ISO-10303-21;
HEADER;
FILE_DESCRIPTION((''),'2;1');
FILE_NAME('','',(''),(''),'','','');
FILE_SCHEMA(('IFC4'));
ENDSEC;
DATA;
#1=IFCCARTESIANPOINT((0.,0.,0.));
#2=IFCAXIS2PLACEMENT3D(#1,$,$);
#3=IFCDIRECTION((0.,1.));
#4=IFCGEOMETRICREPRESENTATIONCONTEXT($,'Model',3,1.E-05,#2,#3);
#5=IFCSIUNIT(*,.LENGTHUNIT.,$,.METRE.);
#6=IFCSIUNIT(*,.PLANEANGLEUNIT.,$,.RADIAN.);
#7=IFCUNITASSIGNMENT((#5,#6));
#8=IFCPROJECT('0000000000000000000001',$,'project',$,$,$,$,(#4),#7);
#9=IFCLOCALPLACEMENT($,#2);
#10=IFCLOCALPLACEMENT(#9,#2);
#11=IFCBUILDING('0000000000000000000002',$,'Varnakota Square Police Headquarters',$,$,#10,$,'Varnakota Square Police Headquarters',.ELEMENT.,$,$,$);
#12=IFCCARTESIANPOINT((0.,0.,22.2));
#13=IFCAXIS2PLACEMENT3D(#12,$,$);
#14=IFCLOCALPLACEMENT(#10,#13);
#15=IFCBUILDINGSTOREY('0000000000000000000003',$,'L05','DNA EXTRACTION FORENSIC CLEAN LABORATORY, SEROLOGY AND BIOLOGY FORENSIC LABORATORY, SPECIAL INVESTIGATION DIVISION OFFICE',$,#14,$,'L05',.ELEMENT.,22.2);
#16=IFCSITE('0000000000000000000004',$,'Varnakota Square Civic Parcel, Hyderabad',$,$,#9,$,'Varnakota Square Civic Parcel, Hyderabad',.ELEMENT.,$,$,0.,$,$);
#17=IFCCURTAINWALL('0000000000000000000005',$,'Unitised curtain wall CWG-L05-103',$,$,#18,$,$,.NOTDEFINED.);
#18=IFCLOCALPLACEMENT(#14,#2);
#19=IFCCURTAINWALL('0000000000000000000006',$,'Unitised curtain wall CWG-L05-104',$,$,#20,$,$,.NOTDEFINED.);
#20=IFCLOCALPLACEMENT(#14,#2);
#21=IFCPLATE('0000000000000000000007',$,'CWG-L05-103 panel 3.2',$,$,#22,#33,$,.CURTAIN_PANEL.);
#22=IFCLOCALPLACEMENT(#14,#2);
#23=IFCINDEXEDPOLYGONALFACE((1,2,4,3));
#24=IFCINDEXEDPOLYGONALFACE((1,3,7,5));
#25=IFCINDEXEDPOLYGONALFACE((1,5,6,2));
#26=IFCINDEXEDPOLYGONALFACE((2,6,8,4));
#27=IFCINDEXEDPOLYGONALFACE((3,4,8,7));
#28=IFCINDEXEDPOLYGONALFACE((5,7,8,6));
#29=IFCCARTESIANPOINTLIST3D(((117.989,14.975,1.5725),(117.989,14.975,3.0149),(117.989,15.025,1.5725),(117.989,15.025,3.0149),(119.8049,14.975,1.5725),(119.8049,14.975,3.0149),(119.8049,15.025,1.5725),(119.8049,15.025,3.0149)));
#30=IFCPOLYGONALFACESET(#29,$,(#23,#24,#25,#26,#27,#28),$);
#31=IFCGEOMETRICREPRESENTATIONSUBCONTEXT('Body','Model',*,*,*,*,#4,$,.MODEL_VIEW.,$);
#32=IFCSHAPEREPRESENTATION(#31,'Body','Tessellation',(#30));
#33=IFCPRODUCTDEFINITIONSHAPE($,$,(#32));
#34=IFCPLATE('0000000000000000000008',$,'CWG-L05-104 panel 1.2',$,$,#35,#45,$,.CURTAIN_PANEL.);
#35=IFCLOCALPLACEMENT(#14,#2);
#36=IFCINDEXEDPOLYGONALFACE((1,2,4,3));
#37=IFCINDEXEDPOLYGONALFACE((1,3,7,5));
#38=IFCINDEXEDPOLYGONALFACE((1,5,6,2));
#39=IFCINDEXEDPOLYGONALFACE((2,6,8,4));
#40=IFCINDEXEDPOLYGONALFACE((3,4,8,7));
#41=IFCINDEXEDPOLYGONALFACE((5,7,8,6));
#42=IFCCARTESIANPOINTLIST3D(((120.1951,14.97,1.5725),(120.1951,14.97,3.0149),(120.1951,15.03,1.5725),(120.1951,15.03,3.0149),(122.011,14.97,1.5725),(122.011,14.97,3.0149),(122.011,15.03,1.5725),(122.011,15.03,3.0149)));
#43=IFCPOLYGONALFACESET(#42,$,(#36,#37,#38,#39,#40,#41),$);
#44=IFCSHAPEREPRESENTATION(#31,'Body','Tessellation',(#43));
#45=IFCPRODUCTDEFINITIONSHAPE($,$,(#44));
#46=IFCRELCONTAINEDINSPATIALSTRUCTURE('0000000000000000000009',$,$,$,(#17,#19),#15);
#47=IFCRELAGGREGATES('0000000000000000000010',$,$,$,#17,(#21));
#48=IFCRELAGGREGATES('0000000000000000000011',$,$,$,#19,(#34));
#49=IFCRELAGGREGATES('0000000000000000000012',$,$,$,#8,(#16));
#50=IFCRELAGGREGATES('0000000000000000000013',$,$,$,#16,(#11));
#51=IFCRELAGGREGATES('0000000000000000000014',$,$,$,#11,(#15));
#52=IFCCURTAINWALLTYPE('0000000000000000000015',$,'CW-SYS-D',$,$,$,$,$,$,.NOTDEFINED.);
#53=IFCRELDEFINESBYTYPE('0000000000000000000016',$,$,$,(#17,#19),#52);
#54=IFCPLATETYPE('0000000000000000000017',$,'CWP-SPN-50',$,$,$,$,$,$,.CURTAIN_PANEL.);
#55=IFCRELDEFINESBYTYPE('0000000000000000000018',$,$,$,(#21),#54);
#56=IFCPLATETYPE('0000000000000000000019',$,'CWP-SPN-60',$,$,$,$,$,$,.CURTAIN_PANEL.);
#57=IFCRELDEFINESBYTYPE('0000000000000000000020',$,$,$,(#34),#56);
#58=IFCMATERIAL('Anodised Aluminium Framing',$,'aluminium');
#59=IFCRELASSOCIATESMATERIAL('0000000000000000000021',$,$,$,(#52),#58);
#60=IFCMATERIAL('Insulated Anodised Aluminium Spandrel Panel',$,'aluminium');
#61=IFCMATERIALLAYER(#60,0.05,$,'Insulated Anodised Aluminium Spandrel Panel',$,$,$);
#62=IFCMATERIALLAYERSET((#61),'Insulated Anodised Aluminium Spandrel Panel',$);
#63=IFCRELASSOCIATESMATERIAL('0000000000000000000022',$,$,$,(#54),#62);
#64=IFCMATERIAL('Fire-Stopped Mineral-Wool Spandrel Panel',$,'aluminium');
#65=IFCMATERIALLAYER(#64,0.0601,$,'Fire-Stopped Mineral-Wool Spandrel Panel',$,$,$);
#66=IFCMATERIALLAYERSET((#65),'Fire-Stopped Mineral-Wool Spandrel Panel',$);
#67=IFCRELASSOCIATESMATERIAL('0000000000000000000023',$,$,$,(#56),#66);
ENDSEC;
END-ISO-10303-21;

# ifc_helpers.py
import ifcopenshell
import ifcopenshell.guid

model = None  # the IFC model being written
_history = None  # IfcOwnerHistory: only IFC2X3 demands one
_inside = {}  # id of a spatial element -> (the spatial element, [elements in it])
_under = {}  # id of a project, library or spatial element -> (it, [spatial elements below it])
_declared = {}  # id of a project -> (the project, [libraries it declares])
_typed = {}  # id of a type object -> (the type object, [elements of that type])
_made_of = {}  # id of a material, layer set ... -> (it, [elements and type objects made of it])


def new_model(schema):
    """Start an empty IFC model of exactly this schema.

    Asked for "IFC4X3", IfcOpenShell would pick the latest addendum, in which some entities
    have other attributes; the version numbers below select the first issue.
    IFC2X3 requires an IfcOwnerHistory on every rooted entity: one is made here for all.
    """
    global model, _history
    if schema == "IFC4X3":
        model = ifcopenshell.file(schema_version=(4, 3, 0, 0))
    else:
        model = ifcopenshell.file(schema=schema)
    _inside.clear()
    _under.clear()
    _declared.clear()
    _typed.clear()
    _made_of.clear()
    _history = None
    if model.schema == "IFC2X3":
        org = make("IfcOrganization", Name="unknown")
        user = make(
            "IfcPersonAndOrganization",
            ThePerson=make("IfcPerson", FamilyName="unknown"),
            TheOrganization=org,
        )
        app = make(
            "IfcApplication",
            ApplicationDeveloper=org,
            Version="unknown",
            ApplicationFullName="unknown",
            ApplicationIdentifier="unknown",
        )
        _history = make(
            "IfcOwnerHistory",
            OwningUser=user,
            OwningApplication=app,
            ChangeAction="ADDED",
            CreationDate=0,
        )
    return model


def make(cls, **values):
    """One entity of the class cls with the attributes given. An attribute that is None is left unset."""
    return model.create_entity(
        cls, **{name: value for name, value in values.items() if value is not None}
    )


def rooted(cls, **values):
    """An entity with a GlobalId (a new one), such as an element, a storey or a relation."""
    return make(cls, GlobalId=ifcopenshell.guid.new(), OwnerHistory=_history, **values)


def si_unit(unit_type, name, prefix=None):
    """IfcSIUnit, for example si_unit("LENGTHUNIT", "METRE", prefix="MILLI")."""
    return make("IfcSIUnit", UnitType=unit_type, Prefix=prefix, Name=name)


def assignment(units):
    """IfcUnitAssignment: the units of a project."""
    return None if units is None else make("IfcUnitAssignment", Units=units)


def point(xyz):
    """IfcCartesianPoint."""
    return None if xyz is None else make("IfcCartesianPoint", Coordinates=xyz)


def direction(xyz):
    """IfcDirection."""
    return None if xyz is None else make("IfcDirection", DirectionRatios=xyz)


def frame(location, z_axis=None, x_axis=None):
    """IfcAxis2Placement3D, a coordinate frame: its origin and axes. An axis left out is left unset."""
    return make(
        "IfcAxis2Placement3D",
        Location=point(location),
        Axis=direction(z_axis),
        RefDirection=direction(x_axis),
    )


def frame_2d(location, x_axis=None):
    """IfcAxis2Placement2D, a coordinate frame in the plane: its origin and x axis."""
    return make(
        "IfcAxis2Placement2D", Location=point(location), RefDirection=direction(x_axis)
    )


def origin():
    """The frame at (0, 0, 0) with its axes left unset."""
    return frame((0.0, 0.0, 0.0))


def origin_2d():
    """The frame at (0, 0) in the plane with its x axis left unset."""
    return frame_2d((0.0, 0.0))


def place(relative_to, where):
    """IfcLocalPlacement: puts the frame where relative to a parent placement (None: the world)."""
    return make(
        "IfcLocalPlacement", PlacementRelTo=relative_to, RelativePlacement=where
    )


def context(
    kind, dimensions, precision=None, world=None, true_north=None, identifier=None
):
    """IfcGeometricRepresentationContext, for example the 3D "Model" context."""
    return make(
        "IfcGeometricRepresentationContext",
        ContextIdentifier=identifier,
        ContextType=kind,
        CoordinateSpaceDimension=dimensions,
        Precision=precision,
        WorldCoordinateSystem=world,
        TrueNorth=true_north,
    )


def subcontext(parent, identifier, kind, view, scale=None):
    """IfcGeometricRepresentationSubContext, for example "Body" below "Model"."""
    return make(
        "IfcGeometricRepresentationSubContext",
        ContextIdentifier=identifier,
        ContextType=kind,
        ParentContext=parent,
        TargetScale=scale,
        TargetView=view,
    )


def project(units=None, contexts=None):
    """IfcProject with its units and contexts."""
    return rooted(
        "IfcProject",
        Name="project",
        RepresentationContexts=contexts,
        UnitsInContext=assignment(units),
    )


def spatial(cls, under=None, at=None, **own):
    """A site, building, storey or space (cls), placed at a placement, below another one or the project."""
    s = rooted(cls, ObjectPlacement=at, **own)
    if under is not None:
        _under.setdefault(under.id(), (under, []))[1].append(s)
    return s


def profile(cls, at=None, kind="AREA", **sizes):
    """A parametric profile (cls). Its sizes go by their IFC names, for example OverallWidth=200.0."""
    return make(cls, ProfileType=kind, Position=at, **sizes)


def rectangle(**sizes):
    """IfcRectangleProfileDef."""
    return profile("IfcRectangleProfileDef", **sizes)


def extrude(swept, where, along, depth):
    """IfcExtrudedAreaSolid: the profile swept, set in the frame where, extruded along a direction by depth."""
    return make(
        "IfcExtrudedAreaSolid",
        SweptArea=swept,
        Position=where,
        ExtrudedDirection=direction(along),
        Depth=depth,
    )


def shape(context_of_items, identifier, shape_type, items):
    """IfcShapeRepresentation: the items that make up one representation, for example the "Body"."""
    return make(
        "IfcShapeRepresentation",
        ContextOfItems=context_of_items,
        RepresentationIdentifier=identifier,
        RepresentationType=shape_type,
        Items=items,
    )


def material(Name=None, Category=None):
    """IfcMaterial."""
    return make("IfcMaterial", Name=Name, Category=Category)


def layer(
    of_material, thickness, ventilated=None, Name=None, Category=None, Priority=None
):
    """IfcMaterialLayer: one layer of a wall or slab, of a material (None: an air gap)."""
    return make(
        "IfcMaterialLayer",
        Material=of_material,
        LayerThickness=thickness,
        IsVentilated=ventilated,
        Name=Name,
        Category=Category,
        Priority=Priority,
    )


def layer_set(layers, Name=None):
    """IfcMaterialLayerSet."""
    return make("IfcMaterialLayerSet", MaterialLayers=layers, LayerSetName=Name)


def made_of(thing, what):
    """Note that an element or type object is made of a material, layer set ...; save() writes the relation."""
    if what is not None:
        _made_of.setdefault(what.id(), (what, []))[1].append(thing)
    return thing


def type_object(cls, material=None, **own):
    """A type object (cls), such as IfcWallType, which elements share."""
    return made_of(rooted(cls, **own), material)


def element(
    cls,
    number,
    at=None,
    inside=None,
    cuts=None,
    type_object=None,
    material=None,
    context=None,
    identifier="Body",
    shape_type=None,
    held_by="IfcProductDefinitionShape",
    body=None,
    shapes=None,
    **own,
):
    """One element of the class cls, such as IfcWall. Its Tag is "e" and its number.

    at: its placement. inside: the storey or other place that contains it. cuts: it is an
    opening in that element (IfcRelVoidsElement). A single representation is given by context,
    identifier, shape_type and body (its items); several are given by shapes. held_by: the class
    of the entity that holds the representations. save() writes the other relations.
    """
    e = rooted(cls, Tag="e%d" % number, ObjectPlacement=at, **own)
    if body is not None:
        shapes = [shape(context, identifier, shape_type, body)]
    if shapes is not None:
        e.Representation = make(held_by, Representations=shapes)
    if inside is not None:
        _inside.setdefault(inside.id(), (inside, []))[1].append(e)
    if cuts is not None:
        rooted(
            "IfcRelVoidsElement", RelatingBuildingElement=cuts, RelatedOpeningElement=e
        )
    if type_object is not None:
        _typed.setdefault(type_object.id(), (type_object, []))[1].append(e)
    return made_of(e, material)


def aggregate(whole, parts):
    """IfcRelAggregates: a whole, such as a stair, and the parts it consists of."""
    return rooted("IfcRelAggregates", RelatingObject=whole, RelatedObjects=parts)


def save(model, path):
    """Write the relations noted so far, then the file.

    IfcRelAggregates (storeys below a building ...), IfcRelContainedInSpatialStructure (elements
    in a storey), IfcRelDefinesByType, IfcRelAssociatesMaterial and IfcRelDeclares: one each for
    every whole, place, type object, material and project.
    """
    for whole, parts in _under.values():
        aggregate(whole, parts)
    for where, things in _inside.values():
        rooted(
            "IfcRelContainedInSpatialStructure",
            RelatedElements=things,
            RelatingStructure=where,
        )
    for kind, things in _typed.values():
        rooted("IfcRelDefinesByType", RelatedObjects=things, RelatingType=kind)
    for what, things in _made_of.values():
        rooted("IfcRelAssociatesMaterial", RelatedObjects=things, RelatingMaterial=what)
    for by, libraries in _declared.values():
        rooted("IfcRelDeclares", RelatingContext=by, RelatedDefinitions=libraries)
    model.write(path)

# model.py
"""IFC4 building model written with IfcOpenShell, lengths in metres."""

from ifc_helpers import new_model, si_unit, direction, frame, origin, origin_2d, place, context, subcontext, project, spatial, rectangle, extrude, material, layer, layer_set, type_object, element, aggregate, save


model = new_model("IFC4")

# Units and contexts
model_context = context("Model", 3, precision=1e-05, world=origin(), true_north=direction((0.0, 1.0)))
body_context = subcontext(model_context, "Body", "Model", "MODEL_VIEW")
ifc_project = project(units=[si_unit("LENGTHUNIT", "METRE"), si_unit("PLANEANGLEUNIT", "RADIAN")], contexts=[model_context])

# Site, building, storey
site_placement = place(None, origin())
site = spatial("IfcSite", under=ifc_project, at=site_placement, Name="Varnakota Square Civic Parcel, Hyderabad", LongName="Varnakota Square Civic Parcel, Hyderabad", CompositionType="ELEMENT", RefElevation=0.0)
building_placement = place(site_placement, origin())
building = spatial("IfcBuilding", under=site, at=building_placement, Name="Varnakota Square Police Headquarters", LongName="Varnakota Square Police Headquarters", CompositionType="ELEMENT")
storey_placement = place(building_placement, frame((0.0, 0.0, 22.2)))
storey = spatial("IfcBuildingStorey", under=building, at=storey_placement, Name="L05", Description="DNA EXTRACTION FORENSIC CLEAN LABORATORY, SEROLOGY AND BIOLOGY FORENSIC LABORATORY, SPECIAL INVESTIGATION DIVISION OFFICE", LongName="L05", CompositionType="ELEMENT", Elevation=22.2)

# Curtain walls
ifc_material_1 = material(Name="Anodised Aluminium Framing", Category="aluminium")
curtain_wall_type = type_object("IfcCurtainWallType", Name="CW-SYS-D", PredefinedType="NOTDEFINED", material=ifc_material_1)
curtain_wall_1_placement = place(storey_placement, origin())
curtain_wall_1 = element("IfcCurtainWall", 1, at=curtain_wall_1_placement, inside=storey, type_object=curtain_wall_type, Name="Unitised curtain wall CWG-L05-103", PredefinedType="NOTDEFINED")
curtain_wall_2_placement = place(storey_placement, origin())
curtain_wall_2 = element("IfcCurtainWall", 2, at=curtain_wall_2_placement, inside=storey, type_object=curtain_wall_type, Name="Unitised curtain wall CWG-L05-104", PredefinedType="NOTDEFINED")

# Plates
ifc_material_2 = material(Name="Insulated Anodised Aluminium Spandrel Panel", Category="aluminium")
ifc_layer_1 = layer(ifc_material_2, 0.05, Name="Insulated Anodised Aluminium Spandrel Panel")
ifc_layer_set_1 = layer_set([ifc_layer_1], Name="Insulated Anodised Aluminium Spandrel Panel")
plate_type_1 = type_object("IfcPlateType", Name="CWP-SPN-50", PredefinedType="CURTAIN_PANEL", material=ifc_layer_set_1)
plate_1_placement = place(storey_placement, frame((118.897, 15.0, 1.5725), z_axis=(0.0, 0.0, 1.0), x_axis=(1.0, 0.0, 0.0)))
plate_1 = element("IfcPlate", 3, at=plate_1_placement, type_object=plate_type_1, Name="CWG-L05-103 panel 3.2", PredefinedType="CURTAIN_PANEL", context=body_context, shape_type="SweptSolid", body=[
    extrude(rectangle(XDim=1.8159, YDim=0.05, at=origin_2d()), origin(), (0.0, 0.0, 1.0), 1.4424),
])
aggregate(curtain_wall_1, [plate_1])
ifc_material_3 = material(Name="Fire-Stopped Mineral-Wool Spandrel Panel", Category="aluminium")
ifc_layer_2 = layer(ifc_material_3, 0.0601, Name="Fire-Stopped Mineral-Wool Spandrel Panel")
ifc_layer_set_2 = layer_set([ifc_layer_2], Name="Fire-Stopped Mineral-Wool Spandrel Panel")
plate_type_2 = type_object("IfcPlateType", Name="CWP-SPN-60", PredefinedType="CURTAIN_PANEL", material=ifc_layer_set_2)
plate_2_placement = place(storey_placement, frame((121.103, 15.0, 1.5725), z_axis=(0.0, 0.0, 1.0), x_axis=(1.0, 0.0, 0.0)))
plate_2 = element("IfcPlate", 4, at=plate_2_placement, type_object=plate_type_2, Name="CWG-L05-104 panel 1.2", PredefinedType="CURTAIN_PANEL", context=body_context, shape_type="SweptSolid", body=[
    extrude(rectangle(XDim=1.8159, YDim=0.0601, at=origin_2d()), origin(), (0.0, 0.0, 1.0), 1.4424),
])
aggregate(curtain_wall_2, [plate_2])

save(model, "model.ifc")
